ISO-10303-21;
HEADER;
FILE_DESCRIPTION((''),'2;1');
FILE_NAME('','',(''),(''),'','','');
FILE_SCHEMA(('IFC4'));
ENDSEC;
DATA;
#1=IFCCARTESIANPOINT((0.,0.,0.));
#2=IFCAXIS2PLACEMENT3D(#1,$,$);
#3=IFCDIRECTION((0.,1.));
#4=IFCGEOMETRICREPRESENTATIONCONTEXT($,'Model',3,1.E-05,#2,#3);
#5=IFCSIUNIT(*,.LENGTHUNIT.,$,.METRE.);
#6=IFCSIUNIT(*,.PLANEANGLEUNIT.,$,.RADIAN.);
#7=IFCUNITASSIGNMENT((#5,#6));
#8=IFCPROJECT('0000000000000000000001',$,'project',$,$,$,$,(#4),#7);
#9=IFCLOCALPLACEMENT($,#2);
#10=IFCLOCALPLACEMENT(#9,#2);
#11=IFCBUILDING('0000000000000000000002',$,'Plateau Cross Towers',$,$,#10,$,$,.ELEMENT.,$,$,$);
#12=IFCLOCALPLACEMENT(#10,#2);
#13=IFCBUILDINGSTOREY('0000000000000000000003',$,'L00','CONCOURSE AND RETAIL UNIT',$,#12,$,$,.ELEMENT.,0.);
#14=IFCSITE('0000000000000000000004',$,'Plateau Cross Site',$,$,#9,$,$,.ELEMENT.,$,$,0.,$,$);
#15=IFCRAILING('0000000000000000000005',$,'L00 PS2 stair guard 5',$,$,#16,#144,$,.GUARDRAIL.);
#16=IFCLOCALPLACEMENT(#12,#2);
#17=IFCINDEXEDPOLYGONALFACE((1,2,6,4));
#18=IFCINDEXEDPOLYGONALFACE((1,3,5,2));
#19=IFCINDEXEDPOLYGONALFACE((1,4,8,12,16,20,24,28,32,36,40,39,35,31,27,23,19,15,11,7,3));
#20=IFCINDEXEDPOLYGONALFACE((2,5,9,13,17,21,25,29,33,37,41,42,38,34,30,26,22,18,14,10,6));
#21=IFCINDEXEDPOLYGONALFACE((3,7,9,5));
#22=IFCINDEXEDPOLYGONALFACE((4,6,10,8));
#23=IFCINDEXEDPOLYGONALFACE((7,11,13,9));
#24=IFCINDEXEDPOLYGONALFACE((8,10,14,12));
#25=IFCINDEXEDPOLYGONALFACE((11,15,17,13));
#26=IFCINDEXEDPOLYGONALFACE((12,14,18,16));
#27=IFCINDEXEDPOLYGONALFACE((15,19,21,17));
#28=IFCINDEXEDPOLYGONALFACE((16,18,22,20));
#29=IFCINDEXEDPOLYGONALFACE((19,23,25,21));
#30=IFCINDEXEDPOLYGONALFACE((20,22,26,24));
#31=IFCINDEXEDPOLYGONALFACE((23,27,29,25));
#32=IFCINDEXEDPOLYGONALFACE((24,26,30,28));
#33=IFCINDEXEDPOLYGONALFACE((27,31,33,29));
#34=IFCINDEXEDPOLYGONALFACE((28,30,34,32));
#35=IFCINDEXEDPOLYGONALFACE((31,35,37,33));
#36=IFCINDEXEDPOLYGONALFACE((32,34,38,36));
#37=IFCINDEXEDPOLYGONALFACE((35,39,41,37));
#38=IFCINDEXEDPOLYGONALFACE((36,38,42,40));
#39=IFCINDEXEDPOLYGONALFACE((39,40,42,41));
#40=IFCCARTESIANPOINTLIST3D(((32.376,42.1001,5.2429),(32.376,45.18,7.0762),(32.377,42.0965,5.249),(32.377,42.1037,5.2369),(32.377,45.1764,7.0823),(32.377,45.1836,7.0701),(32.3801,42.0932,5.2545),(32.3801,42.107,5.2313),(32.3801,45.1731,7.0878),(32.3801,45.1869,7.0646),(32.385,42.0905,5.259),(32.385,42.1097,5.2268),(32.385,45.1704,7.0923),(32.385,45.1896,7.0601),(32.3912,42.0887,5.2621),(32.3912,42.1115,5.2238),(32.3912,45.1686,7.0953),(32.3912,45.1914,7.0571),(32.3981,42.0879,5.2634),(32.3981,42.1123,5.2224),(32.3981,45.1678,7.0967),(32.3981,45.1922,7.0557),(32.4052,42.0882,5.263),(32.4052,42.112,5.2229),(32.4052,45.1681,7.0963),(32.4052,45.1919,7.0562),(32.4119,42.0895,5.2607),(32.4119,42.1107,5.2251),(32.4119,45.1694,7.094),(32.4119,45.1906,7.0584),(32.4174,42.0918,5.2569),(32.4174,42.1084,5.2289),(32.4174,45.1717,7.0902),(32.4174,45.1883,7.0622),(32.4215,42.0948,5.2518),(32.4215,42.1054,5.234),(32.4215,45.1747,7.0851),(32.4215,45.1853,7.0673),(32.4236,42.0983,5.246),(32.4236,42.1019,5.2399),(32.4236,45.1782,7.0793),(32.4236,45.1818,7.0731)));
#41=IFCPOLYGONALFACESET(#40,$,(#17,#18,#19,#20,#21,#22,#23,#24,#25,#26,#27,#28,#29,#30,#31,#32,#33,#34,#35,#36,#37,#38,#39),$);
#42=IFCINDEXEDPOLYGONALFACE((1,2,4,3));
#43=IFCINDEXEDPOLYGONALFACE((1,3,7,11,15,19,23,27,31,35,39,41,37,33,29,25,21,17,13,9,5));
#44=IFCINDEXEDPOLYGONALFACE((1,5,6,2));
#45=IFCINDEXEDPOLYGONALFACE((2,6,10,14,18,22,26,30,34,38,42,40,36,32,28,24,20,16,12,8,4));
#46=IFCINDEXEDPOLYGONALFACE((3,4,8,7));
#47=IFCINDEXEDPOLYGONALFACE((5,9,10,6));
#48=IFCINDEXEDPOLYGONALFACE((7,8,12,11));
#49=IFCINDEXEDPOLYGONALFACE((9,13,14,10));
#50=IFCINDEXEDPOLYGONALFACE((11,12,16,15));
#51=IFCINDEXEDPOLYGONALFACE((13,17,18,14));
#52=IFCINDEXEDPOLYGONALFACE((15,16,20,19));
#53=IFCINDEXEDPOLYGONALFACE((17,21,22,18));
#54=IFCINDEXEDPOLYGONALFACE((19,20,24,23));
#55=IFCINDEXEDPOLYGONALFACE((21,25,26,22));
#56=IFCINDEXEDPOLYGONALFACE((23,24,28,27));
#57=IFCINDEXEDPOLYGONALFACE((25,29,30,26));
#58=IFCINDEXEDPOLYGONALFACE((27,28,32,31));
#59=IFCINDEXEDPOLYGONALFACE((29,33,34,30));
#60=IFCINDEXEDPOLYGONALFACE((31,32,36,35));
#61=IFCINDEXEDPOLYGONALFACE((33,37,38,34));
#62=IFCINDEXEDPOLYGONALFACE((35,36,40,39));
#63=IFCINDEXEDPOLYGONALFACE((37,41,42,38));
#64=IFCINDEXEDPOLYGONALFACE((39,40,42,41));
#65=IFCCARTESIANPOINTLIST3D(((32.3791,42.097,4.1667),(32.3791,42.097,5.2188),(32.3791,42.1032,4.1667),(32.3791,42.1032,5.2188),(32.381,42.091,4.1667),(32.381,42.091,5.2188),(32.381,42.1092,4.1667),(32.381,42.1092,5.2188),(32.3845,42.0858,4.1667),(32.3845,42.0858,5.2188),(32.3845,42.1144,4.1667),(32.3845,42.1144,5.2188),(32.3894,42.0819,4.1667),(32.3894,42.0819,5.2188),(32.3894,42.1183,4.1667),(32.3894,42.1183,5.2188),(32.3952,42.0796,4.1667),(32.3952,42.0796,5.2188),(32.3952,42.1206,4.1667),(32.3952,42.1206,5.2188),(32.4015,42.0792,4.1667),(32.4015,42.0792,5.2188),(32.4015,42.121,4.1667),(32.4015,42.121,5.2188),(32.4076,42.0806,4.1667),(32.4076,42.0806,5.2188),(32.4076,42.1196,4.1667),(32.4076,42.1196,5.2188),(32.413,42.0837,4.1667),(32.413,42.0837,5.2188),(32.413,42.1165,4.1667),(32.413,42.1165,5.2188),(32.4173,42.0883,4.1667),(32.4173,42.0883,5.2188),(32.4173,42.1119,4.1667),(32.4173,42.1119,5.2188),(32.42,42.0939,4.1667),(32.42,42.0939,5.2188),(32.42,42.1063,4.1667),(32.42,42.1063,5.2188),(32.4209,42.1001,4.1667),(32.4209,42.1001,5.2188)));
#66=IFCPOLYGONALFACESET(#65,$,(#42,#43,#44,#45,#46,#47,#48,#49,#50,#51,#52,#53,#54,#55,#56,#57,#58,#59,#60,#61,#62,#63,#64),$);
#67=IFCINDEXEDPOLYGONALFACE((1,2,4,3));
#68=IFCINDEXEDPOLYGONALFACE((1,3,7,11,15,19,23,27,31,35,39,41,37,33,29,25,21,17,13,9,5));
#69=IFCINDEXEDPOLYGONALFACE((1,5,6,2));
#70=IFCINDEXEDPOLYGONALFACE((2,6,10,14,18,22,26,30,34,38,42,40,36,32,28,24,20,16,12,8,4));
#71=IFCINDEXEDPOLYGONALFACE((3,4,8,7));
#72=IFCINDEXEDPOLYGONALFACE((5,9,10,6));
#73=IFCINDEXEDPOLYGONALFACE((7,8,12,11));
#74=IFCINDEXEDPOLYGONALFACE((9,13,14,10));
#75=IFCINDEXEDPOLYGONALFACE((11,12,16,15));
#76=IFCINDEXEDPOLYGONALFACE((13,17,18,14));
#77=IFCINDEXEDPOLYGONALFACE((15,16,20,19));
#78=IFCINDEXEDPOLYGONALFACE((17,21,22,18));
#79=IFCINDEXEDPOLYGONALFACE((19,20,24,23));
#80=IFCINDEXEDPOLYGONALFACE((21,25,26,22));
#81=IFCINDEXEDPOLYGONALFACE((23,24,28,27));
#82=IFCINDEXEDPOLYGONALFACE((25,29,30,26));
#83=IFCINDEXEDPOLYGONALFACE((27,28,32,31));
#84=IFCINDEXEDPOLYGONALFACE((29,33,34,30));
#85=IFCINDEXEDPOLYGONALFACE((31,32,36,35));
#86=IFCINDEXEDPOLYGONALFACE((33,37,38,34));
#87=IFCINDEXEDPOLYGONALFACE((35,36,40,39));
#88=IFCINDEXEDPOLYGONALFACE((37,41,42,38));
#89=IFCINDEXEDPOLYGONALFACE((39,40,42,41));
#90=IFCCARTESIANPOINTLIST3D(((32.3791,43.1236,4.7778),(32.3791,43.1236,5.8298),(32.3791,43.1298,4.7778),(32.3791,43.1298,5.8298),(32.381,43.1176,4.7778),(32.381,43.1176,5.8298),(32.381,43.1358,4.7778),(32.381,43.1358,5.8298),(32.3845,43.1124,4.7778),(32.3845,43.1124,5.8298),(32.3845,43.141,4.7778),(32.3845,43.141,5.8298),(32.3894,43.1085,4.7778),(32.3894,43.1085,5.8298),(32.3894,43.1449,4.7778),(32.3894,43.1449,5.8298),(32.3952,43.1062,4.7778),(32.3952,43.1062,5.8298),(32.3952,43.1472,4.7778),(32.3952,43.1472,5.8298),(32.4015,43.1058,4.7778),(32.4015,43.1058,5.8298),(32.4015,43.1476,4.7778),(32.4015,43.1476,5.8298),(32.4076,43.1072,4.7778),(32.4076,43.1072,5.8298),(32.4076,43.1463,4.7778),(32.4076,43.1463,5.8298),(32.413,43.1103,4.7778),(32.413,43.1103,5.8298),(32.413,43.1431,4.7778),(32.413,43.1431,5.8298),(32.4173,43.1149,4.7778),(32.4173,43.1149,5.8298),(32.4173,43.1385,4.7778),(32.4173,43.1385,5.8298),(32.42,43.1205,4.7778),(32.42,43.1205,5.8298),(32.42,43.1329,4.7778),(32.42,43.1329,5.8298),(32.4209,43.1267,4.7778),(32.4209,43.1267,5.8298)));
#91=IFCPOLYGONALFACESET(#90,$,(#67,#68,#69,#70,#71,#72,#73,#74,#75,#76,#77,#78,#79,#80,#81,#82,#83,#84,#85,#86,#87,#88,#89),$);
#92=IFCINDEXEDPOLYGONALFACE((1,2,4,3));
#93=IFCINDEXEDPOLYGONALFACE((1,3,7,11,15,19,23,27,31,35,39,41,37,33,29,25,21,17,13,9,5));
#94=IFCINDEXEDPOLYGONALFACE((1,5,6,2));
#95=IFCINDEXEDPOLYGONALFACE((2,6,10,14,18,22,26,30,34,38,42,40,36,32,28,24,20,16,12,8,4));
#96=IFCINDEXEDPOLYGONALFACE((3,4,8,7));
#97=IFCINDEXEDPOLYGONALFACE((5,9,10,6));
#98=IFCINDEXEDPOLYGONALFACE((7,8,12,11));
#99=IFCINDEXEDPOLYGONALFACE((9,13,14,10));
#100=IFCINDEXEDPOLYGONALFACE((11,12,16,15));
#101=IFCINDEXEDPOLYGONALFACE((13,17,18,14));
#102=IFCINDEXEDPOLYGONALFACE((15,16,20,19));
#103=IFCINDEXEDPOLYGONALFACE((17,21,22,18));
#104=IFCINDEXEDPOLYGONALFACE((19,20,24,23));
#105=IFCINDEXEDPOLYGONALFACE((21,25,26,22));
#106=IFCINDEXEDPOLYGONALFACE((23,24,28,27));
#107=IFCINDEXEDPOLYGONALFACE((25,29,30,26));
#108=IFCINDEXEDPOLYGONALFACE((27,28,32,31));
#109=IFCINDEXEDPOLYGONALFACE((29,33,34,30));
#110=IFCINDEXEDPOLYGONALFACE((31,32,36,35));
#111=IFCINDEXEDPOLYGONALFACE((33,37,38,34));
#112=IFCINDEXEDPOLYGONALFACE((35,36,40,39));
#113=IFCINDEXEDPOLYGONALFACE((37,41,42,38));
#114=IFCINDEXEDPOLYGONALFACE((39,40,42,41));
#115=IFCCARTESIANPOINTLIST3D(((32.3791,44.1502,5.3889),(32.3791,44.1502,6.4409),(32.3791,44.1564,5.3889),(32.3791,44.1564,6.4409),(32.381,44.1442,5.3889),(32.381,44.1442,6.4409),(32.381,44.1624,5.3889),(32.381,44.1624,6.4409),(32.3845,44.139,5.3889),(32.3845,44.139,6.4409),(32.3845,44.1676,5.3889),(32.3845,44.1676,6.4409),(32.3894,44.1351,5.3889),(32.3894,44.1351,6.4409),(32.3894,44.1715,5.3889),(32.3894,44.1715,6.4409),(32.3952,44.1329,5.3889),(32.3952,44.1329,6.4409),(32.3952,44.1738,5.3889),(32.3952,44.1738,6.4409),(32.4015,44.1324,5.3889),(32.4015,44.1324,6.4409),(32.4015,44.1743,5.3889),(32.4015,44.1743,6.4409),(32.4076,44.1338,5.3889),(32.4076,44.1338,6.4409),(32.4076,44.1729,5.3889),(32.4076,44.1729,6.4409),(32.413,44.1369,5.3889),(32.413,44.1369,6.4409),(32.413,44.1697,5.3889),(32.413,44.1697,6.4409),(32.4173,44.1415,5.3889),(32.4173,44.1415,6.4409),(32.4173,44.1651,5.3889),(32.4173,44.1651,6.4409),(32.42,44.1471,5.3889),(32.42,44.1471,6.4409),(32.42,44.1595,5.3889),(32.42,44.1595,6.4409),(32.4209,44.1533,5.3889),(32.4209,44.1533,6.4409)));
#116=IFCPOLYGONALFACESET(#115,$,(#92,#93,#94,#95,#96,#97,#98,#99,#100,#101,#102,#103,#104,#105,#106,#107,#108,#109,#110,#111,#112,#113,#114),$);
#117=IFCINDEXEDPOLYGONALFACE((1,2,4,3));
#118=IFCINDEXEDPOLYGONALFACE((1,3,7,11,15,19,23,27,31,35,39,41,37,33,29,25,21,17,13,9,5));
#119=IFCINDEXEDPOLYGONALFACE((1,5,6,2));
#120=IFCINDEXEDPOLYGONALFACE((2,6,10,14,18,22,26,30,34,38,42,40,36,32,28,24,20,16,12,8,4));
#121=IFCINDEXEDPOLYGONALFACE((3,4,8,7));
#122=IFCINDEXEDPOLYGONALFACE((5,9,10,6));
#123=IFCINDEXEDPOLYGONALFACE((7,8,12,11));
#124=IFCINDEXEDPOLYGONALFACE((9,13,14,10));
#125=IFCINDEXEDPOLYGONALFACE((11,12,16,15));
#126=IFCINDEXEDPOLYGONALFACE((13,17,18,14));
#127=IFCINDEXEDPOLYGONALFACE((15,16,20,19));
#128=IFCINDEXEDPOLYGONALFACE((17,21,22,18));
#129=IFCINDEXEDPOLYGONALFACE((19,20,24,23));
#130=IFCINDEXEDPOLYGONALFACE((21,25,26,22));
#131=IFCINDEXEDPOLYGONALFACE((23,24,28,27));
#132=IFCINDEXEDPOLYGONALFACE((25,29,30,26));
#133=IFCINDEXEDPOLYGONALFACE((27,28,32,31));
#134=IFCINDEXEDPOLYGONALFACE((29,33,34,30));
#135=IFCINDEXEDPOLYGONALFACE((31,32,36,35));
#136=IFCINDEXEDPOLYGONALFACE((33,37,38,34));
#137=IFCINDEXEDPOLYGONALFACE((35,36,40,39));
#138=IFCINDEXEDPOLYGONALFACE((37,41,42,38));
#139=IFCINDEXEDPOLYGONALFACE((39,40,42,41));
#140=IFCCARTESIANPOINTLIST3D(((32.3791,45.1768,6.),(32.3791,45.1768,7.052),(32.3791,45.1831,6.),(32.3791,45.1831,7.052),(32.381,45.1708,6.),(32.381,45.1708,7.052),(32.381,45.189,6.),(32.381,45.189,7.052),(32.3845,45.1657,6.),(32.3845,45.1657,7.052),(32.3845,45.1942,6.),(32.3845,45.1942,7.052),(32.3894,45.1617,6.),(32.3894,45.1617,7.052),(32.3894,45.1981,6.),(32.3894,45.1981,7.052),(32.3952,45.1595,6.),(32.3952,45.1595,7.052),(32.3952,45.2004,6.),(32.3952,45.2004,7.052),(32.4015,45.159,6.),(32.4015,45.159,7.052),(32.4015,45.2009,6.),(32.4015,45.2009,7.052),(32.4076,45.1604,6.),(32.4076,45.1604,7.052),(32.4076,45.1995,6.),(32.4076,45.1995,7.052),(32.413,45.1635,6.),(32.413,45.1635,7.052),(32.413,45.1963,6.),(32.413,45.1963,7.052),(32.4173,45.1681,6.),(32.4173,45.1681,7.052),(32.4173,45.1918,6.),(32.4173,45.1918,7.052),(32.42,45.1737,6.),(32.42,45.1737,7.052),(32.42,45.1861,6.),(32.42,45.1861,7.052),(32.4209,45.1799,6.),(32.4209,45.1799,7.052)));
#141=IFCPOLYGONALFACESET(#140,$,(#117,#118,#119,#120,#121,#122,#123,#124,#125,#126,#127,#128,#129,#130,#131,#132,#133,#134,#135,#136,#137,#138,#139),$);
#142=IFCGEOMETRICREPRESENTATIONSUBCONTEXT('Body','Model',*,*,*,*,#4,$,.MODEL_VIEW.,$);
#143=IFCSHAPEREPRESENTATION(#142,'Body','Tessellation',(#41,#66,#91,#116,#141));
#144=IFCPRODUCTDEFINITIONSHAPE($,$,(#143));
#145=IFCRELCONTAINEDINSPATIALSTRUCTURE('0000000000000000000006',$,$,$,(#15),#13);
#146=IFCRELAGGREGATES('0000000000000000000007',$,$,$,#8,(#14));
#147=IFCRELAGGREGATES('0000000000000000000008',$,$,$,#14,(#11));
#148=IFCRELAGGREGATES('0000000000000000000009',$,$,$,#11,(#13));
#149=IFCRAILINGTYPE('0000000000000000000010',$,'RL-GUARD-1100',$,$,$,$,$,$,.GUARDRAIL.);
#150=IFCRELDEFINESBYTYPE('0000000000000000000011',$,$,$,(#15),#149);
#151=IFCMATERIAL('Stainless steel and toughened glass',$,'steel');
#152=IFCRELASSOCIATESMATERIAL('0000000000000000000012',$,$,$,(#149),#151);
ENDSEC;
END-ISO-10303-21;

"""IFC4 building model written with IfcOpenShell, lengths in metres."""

from ifc_helpers import new_model, si_unit, direction, frame, origin, origin_2d, place, context, subcontext, project, spatial, circle, extrude, material, type_object, element, save


model = new_model("IFC4")

# Units and contexts
model_context = context("Model", 3, precision=1e-05, world=origin(), true_north=direction((0.0, 1.0)))
body_context = subcontext(model_context, "Body", "Model", "MODEL_VIEW")
ifc_project = project(units=[si_unit("LENGTHUNIT", "METRE"), si_unit("PLANEANGLEUNIT", "RADIAN")], contexts=[model_context])

# Site, building, storey
site_placement = place(None, origin())
site = spatial("IfcSite", under=ifc_project, at=site_placement, Name="Plateau Cross Site", CompositionType="ELEMENT", RefElevation=0.0)
building_placement = place(site_placement, origin())
building = spatial("IfcBuilding", under=site, at=building_placement, Name="Plateau Cross Towers", CompositionType="ELEMENT")
storey_placement = place(building_placement, origin())
storey = spatial("IfcBuildingStorey", under=building, at=storey_placement, Name="L00", Description="CONCOURSE AND RETAIL UNIT", CompositionType="ELEMENT", Elevation=0.0)

# Railing
ifc_material_1 = material(Name="Stainless steel and toughened glass", Category="steel")
railing_type_1 = type_object("IfcRailingType", Name="RL-GUARD-1100", PredefinedType="GUARDRAIL", material=ifc_material_1)
railing_1_placement = place(storey_placement, frame((32.3999, 42.1001, 4.1667)))
element("IfcRailing", 1, at=railing_1_placement, inside=storey, type_object=railing_type_1, Name="L00 PS2 stair guard 5", PredefinedType="GUARDRAIL", context=body_context, shape_type="SweptSolid", body=[
    extrude(circle(Radius=0.0239, at=origin_2d()), frame((0.0, 0.0, 1.0762), z_axis=(0.0, 0.859291, 0.511487), x_axis=(-1.0, 0.0, 0.0)), (0.0, 0.0, 1.0), 3.5842),
    extrude(circle(Radius=0.021, at=origin_2d()), origin(), (0.0, 0.0, 1.0), 1.052),
    extrude(circle(Radius=0.021, at=origin_2d()), frame((0.0, 1.0266, 0.6111)), (0.0, 0.0, 1.0), 1.052),
    extrude(circle(Radius=0.021, at=origin_2d()), frame((0.0, 2.0532, 1.2222)), (0.0, 0.0, 1.0), 1.052),
    extrude(circle(Radius=0.021, at=origin_2d()), frame((0.0, 3.0798, 1.8333)), (0.0, 0.0, 1.0), 1.052),
])

save(model, "model.ifc")
